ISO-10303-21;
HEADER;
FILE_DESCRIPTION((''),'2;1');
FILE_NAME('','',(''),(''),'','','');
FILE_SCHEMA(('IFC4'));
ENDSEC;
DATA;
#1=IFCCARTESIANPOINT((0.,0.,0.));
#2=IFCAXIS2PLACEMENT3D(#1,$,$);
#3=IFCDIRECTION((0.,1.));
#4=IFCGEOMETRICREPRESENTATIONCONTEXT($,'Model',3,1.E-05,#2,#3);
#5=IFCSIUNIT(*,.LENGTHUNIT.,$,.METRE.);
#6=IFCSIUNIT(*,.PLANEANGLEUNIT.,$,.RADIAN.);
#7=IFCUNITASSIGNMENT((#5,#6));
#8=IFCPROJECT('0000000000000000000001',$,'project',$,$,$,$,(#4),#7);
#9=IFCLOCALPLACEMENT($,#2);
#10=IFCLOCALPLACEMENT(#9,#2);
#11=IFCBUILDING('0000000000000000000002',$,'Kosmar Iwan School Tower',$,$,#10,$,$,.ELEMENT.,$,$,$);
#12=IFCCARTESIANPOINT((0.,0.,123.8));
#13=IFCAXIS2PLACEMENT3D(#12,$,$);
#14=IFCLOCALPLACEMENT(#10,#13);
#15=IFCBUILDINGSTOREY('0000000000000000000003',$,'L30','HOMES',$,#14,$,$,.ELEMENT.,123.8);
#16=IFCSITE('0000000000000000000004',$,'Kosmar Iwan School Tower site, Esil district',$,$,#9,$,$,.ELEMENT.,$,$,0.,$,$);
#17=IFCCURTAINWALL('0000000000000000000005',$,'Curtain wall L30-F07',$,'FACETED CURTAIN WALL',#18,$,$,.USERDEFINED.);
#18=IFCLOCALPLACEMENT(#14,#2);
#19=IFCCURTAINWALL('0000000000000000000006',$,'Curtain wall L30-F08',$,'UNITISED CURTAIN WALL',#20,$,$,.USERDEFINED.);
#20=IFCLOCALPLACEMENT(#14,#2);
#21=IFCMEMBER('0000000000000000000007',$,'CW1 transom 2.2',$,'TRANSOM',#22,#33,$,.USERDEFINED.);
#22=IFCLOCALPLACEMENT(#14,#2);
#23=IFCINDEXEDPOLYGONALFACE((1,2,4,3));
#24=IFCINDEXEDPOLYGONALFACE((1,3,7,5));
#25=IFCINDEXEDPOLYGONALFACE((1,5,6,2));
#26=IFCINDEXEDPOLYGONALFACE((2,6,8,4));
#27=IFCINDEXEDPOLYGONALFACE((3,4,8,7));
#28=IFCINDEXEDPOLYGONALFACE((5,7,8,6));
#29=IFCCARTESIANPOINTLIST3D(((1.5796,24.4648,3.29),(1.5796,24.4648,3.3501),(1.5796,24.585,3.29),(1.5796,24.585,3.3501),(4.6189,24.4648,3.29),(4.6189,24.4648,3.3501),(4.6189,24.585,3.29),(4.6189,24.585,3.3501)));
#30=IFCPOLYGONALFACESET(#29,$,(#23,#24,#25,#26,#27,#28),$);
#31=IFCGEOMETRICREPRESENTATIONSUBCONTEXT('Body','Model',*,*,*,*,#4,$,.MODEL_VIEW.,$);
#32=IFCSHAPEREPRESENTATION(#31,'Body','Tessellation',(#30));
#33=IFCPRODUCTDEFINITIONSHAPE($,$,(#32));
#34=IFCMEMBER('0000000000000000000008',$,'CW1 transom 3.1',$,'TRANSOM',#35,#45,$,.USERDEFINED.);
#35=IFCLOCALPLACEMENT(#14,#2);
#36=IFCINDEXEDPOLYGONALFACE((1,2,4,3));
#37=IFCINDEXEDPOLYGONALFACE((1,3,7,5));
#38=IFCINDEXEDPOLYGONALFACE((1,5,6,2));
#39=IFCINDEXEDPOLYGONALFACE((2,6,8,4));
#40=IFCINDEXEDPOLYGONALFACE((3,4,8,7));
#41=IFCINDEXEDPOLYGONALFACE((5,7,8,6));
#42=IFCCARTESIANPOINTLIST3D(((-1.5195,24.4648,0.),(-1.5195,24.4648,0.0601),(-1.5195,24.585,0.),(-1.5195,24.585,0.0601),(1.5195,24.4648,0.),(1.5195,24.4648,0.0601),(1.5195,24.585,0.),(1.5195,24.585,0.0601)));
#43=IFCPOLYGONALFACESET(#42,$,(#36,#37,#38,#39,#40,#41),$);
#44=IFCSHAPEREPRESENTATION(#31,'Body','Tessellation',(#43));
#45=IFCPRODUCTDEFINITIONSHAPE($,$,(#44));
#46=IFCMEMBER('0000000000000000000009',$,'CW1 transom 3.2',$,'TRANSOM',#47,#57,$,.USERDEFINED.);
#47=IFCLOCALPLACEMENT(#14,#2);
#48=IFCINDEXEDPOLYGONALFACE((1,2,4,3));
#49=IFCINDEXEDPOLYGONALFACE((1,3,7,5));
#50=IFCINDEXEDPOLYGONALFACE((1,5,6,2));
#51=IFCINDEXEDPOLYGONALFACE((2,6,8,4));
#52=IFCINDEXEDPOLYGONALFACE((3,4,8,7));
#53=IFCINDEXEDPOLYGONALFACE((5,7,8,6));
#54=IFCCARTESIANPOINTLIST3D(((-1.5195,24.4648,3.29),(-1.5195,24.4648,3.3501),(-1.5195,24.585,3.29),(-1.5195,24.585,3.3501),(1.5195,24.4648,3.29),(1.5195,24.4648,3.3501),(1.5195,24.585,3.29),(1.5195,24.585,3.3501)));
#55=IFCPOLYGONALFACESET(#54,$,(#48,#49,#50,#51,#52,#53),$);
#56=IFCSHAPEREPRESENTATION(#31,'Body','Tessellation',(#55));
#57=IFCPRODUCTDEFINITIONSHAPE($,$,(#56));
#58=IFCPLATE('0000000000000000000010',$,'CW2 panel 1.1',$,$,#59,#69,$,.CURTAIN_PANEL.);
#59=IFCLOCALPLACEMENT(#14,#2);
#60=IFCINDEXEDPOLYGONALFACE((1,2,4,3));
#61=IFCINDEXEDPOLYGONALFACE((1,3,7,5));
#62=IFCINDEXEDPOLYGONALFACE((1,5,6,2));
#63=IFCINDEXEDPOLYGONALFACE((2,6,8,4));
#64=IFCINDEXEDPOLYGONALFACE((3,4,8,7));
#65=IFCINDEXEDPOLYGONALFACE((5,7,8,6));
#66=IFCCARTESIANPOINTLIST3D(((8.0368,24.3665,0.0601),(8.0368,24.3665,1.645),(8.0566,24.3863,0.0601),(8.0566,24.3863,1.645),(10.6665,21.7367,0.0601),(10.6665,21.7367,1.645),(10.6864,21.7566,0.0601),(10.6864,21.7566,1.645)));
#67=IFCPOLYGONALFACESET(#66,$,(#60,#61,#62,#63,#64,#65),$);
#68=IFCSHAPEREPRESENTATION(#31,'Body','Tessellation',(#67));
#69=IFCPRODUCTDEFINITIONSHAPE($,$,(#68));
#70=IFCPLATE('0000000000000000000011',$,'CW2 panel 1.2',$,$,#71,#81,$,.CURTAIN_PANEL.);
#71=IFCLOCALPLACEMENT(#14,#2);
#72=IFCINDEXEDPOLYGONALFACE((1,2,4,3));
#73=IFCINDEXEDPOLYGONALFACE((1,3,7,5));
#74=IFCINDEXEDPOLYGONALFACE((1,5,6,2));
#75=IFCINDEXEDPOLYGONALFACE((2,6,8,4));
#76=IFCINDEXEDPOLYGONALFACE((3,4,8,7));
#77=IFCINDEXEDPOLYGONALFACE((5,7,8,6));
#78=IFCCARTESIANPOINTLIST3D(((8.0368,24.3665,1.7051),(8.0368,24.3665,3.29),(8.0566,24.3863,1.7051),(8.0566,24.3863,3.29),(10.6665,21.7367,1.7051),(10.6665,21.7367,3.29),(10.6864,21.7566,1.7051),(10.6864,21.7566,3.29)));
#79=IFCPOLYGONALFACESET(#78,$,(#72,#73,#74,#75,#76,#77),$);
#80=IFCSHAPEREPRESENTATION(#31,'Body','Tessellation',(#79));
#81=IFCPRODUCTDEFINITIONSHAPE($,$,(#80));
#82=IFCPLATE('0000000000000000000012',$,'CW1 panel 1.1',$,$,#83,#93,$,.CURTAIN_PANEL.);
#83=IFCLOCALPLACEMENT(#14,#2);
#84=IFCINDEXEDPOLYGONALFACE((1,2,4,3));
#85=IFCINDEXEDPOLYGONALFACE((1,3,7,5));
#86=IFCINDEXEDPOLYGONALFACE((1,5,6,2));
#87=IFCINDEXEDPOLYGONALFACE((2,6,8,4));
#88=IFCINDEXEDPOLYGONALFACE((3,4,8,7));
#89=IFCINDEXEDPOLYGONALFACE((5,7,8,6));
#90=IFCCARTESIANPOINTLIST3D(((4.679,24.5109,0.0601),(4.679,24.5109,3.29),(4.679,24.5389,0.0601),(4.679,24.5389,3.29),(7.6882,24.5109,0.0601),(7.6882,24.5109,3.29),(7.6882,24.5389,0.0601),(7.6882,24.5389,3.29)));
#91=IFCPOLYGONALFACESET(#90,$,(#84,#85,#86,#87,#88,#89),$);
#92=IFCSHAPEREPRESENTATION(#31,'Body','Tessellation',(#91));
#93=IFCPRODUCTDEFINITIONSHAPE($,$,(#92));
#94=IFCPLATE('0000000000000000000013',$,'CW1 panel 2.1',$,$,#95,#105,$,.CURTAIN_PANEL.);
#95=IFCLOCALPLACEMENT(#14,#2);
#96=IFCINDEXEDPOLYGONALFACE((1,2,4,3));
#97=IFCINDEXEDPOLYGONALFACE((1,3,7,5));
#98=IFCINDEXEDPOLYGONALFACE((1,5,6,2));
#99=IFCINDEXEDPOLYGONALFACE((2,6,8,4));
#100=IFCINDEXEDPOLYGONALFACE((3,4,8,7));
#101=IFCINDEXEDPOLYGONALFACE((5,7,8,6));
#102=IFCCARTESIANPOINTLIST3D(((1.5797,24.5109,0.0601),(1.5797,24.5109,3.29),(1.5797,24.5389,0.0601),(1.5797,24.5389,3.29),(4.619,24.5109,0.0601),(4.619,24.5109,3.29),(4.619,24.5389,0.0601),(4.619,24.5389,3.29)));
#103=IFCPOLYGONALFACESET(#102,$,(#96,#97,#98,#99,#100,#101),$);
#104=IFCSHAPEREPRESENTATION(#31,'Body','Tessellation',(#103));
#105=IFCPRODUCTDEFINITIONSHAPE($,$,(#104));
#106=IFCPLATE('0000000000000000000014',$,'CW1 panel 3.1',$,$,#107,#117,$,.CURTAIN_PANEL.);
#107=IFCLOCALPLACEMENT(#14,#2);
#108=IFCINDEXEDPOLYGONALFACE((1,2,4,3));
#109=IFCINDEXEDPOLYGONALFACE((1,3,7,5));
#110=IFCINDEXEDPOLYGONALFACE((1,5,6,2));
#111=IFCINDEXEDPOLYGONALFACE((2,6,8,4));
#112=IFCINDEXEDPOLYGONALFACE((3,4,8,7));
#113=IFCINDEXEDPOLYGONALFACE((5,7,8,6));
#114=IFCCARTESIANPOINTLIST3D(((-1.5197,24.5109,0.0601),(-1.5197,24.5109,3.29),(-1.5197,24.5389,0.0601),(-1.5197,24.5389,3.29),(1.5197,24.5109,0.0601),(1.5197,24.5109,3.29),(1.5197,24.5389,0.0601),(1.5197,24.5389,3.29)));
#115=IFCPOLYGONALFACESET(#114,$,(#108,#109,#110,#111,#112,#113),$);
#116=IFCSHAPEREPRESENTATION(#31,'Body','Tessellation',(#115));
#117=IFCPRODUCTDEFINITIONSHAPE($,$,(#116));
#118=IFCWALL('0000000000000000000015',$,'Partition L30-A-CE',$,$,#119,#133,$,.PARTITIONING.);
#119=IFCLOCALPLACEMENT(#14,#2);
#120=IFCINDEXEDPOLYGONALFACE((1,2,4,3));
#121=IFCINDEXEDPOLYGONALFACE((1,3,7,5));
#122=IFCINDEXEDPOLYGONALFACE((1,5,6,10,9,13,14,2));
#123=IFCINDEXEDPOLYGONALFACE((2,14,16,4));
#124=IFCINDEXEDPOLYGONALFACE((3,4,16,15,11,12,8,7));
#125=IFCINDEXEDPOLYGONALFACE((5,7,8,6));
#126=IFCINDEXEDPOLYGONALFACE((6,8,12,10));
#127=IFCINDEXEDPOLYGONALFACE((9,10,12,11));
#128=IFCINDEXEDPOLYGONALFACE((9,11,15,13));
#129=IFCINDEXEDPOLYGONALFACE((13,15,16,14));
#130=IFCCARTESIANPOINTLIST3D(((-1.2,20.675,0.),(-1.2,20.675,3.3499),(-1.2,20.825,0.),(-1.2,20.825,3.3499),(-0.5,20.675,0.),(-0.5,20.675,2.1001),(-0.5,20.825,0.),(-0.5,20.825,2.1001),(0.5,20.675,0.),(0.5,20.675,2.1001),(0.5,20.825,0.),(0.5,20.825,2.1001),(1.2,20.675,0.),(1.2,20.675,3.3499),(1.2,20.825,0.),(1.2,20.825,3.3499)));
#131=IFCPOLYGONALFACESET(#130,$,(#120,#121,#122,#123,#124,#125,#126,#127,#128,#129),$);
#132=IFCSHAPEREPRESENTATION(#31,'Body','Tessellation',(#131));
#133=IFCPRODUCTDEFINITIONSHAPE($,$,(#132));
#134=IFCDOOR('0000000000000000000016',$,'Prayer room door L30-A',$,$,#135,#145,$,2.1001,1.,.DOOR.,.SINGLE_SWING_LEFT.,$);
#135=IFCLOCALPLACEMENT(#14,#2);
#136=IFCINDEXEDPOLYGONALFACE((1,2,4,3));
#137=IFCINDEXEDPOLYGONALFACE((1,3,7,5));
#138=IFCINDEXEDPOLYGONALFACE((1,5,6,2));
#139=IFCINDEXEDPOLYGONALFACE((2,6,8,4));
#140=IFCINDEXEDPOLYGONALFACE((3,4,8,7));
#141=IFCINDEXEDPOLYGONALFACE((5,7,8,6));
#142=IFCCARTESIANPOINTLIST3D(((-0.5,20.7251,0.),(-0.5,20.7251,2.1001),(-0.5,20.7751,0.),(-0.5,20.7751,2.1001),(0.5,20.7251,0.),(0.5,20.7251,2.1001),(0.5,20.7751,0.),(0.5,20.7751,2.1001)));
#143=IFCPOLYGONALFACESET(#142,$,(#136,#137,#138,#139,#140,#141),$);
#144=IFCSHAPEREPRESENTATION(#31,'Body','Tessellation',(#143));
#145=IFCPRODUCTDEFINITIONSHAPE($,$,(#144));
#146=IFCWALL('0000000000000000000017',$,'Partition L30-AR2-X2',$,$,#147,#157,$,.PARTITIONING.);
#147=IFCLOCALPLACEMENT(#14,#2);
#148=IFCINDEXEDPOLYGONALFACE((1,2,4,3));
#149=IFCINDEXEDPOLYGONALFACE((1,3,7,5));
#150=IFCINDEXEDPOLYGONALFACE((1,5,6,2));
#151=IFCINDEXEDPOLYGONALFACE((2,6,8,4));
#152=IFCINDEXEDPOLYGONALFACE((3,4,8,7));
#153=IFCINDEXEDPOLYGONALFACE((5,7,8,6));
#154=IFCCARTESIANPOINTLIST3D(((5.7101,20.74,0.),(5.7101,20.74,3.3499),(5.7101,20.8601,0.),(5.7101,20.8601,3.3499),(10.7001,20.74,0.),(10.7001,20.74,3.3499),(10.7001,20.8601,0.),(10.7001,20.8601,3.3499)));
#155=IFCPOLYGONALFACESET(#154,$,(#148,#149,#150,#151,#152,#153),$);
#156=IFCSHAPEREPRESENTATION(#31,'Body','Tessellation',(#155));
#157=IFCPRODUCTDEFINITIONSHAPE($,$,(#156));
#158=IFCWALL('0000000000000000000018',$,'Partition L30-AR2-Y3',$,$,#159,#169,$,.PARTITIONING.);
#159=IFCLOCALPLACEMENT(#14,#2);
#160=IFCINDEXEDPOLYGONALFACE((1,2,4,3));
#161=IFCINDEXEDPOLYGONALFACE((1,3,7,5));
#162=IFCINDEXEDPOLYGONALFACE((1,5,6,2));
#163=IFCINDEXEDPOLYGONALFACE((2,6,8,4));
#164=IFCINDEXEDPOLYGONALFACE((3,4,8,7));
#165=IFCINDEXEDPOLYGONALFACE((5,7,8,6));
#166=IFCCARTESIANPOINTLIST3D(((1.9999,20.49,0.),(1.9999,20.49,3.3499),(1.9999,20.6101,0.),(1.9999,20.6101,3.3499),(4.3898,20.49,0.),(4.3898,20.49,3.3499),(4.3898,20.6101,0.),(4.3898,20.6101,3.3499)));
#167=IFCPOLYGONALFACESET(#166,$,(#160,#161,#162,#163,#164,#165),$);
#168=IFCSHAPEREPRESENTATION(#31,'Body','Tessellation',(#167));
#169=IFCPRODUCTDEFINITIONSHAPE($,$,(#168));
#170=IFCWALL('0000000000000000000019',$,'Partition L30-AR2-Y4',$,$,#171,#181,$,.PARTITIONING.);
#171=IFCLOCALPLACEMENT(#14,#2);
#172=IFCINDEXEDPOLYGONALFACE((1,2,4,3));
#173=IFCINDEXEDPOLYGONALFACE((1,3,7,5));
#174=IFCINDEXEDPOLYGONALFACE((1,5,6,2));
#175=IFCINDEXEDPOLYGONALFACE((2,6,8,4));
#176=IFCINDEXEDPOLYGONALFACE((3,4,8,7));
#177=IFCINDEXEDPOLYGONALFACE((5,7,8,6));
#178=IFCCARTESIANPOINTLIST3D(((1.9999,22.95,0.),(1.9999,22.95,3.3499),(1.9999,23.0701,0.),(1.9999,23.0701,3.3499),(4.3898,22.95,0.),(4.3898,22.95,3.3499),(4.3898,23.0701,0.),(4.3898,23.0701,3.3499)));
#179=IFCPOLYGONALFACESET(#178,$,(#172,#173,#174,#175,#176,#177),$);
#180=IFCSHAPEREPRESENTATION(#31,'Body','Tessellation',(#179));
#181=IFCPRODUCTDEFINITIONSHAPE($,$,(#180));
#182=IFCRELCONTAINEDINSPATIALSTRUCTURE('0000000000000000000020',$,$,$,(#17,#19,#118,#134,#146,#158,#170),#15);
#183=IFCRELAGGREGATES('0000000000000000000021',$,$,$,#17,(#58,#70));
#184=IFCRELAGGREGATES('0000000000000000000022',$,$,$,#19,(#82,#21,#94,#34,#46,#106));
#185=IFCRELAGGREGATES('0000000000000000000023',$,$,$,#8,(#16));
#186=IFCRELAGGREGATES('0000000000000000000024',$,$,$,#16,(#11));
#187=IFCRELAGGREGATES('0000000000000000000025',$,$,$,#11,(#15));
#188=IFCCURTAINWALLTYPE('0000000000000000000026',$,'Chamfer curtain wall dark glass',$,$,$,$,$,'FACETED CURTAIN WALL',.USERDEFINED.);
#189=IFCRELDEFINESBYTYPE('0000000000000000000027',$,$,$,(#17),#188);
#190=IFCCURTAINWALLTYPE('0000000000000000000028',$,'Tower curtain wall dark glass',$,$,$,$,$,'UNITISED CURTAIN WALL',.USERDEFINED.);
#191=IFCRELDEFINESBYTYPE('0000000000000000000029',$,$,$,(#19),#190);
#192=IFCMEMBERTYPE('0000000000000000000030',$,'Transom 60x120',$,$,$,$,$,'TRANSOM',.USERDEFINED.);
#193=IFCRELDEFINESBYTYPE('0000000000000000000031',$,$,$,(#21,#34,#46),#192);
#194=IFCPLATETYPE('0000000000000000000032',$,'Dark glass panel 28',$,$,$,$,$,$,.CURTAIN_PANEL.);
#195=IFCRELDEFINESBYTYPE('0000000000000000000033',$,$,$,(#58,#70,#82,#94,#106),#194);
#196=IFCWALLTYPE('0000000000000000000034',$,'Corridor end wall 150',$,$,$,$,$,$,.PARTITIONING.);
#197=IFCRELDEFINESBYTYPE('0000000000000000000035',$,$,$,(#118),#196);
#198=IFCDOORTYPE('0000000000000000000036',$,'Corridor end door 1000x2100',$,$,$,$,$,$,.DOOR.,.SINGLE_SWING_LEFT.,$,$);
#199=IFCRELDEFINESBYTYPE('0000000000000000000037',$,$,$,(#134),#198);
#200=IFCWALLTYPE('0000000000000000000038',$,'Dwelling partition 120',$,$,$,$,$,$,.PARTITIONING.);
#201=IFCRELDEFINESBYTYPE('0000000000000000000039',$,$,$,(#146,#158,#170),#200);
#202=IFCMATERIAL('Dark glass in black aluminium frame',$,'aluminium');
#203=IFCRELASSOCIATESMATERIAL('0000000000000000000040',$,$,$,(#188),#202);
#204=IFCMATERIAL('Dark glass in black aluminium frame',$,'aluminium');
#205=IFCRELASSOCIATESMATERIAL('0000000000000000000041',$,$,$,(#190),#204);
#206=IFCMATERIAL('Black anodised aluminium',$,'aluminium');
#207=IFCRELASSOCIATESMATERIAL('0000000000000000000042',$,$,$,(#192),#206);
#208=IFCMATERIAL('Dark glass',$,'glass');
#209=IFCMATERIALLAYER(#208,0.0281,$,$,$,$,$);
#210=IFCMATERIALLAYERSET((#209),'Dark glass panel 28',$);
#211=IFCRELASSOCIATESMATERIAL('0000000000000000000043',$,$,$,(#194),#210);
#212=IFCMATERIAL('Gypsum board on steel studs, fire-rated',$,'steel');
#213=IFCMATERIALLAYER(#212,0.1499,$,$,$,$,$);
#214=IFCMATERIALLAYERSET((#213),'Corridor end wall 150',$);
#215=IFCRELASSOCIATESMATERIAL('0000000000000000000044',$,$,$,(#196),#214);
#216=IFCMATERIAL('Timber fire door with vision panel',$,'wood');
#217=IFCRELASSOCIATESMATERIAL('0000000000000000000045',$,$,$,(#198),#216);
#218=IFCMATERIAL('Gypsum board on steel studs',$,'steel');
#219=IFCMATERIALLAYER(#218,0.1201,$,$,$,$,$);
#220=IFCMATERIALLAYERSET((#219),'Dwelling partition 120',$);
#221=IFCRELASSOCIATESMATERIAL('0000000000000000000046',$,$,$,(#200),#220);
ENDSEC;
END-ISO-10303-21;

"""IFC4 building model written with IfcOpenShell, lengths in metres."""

from ifc_helpers import new_model, si_unit, direction, frame, frame_2d, origin, origin_2d, place, context, subcontext, project, spatial, rectangle, extrude, material, layer, layer_set, material_profile, profile_set, type_object, element, fill, aggregate, save


model = new_model("IFC4")

# Units and contexts
model_context = context("Model", 3, precision=1e-05, world=origin(), true_north=direction((0.0, 1.0)))
body_context = subcontext(model_context, "Body", "Model", "MODEL_VIEW")
ifc_project = project(units=[si_unit("LENGTHUNIT", "METRE"), si_unit("PLANEANGLEUNIT", "RADIAN")], contexts=[model_context])

# Site, building, storey
site_placement = place(None, origin())
site = spatial("IfcSite", under=ifc_project, at=site_placement, Name="Kosmar Iwan School Tower site, Esil district", CompositionType="ELEMENT", RefElevation=0.0)
building_placement = place(site_placement, origin())
building = spatial("IfcBuilding", under=site, at=building_placement, Name="Kosmar Iwan School Tower", CompositionType="ELEMENT")
storey_placement = place(building_placement, frame((0.0, 0.0, 123.8)))
storey = spatial("IfcBuildingStorey", under=building, at=storey_placement, Name="L30", Description="HOMES", CompositionType="ELEMENT", Elevation=123.8)

# Curtain walls
ifc_material_1 = material(Name="Dark glass in black aluminium frame", Category="aluminium")
curtain_wall_type_1 = type_object("IfcCurtainWallType", Name="Chamfer curtain wall dark glass", ElementType="FACETED CURTAIN WALL", PredefinedType="USERDEFINED", material=ifc_material_1)
curtain_wall_1_placement = place(storey_placement, origin())
curtain_wall_1 = element("IfcCurtainWall", 1, at=curtain_wall_1_placement, inside=storey, type_object=curtain_wall_type_1, Name="Curtain wall L30-F07", ObjectType="FACETED CURTAIN WALL", PredefinedType="USERDEFINED")
ifc_material_2 = material(Name="Dark glass in black aluminium frame", Category="aluminium")
curtain_wall_type_2 = type_object("IfcCurtainWallType", Name="Tower curtain wall dark glass", ElementType="UNITISED CURTAIN WALL", PredefinedType="USERDEFINED", material=ifc_material_2)
curtain_wall_2_placement = place(storey_placement, origin())
curtain_wall_2 = element("IfcCurtainWall", 2, at=curtain_wall_2_placement, inside=storey, type_object=curtain_wall_type_2, Name="Curtain wall L30-F08", ObjectType="UNITISED CURTAIN WALL", PredefinedType="USERDEFINED")

# Members
ifc_material_3 = material(Name="Black anodised aluminium", Category="aluminium")
ifc_material_profile_1 = material_profile(ifc_material_3, rectangle(XDim=0.1201, YDim=0.0601, at=origin_2d()), Name="TRANSOM 60x120")
ifc_profile_set_1 = profile_set([ifc_material_profile_1], Name="Black anodised aluminium")
member_type_1 = type_object("IfcMemberType", Name="Transom 60x120", ElementType="TRANSOM", PredefinedType="USERDEFINED", material=ifc_profile_set_1)
member_1_placement = place(storey_placement, frame((4.6189, 24.5249, 3.3201), z_axis=(-1.0, 0.0, 0.0), x_axis=(0.0, -1.0, 0.0)))
member_1 = element("IfcMember", 3, at=member_1_placement, type_object=member_type_1, Name="CW1 transom 2.2", ObjectType="TRANSOM", PredefinedType="USERDEFINED", context=body_context, shape_type="SweptSolid", body=[
    extrude(rectangle(XDim=0.1201, YDim=0.0601, at=origin_2d()), origin(), (0.0, 0.0, 1.0), 3.0393),
])
member_2_placement = place(storey_placement, frame((1.5195, 24.5249, 0.03), z_axis=(-1.0, 0.0, 0.0), x_axis=(0.0, -1.0, 0.0)))
member_2 = element("IfcMember", 4, at=member_2_placement, type_object=member_type_1, Name="CW1 transom 3.1", ObjectType="TRANSOM", PredefinedType="USERDEFINED", context=body_context, shape_type="SweptSolid", body=[
    extrude(rectangle(XDim=0.1201, YDim=0.0601, at=origin_2d()), origin(), (0.0, 0.0, 1.0), 3.0391),
])
member_3_placement = place(storey_placement, frame((1.5195, 24.5249, 3.3201), z_axis=(-1.0, 0.0, 0.0), x_axis=(0.0, -1.0, 0.0)))
member_3 = element("IfcMember", 5, at=member_3_placement, type_object=member_type_1, Name="CW1 transom 3.2", ObjectType="TRANSOM", PredefinedType="USERDEFINED", context=body_context, shape_type="SweptSolid", body=[
    extrude(rectangle(XDim=0.1201, YDim=0.0601, at=origin_2d()), origin(), (0.0, 0.0, 1.0), 3.0391),
])

# Plates
ifc_material_4 = material(Name="Dark glass", Category="glass")
ifc_layer_1 = layer(ifc_material_4, 0.0281)
ifc_layer_set_1 = layer_set([ifc_layer_1], Name="Dark glass panel 28")
plate_type = type_object("IfcPlateType", Name="Dark glass panel 28", PredefinedType="CURTAIN_PANEL", material=ifc_layer_set_1)
plate_1_placement = place(storey_placement, frame((9.3616, 23.0615, 0.0601), z_axis=(0.0, 0.0, 1.0), x_axis=(-0.707107, 0.707107, 0.0)))
plate_1 = element("IfcPlate", 6, at=plate_1_placement, type_object=plate_type, Name="CW2 panel 1.1", PredefinedType="CURTAIN_PANEL", context=body_context, shape_type="SweptSolid", body=[
    extrude(rectangle(XDim=3.719, YDim=0.0281, at=origin_2d()), origin(), (0.0, 0.0, 1.0), 1.585),
])
plate_2_placement = place(storey_placement, frame((9.3616, 23.0615, 1.7051), z_axis=(0.0, 0.0, 1.0), x_axis=(-0.707107, 0.707107, 0.0)))
plate_2 = element("IfcPlate", 7, at=plate_2_placement, type_object=plate_type, Name="CW2 panel 1.2", PredefinedType="CURTAIN_PANEL", context=body_context, shape_type="SweptSolid", body=[
    extrude(rectangle(XDim=3.719, YDim=0.0281, at=origin_2d()), origin(), (0.0, 0.0, 1.0), 1.585),
])
aggregate(curtain_wall_1, [plate_1, plate_2])
plate_3_placement = place(storey_placement, frame((6.1836, 24.5249, 0.0601), z_axis=(0.0, 0.0, 1.0), x_axis=(-1.0, 0.0, 0.0)))
plate_3 = element("IfcPlate", 8, at=plate_3_placement, type_object=plate_type, Name="CW1 panel 1.1", PredefinedType="CURTAIN_PANEL", context=body_context, shape_type="SweptSolid", body=[
    extrude(rectangle(XDim=3.0093, YDim=0.0281, at=origin_2d()), origin(), (0.0, 0.0, 1.0), 3.23),
])
plate_4_placement = place(storey_placement, frame((3.0994, 24.5249, 0.0601), z_axis=(0.0, 0.0, 1.0), x_axis=(-1.0, 0.0, 0.0)))
plate_4 = element("IfcPlate", 9, at=plate_4_placement, type_object=plate_type, Name="CW1 panel 2.1", PredefinedType="CURTAIN_PANEL", context=body_context, shape_type="SweptSolid", body=[
    extrude(rectangle(XDim=3.0393, YDim=0.0281, at=origin_2d()), origin(), (0.0, 0.0, 1.0), 3.23),
])
plate_5_placement = place(storey_placement, frame((0.0, 24.5249, 0.0601), z_axis=(0.0, 0.0, 1.0), x_axis=(-1.0, 0.0, 0.0)))
plate_5 = element("IfcPlate", 10, at=plate_5_placement, type_object=plate_type, Name="CW1 panel 3.1", PredefinedType="CURTAIN_PANEL", context=body_context, shape_type="SweptSolid", body=[
    extrude(rectangle(XDim=3.0393, YDim=0.0281, at=origin_2d()), origin(), (0.0, 0.0, 1.0), 3.23),
])
aggregate(curtain_wall_2, [plate_3, member_1, plate_4, member_2, member_3, plate_5])

# Wall, opening, door
ifc_material_5 = material(Name="Gypsum board on steel studs, fire-rated", Category="steel")
ifc_layer_2 = layer(ifc_material_5, 0.1499)
ifc_layer_set_2 = layer_set([ifc_layer_2], Name="Corridor end wall 150")
wall_type_1 = type_object("IfcWallType", Name="Corridor end wall 150", PredefinedType="PARTITIONING", material=ifc_layer_set_2)
wall_1_placement = place(storey_placement, frame((1.2, 20.75, 0.0), z_axis=(0.0, 0.0, 1.0), x_axis=(-1.0, 0.0, 0.0)))
wall_1 = element("IfcWall", 11, at=wall_1_placement, inside=storey, type_object=wall_type_1, Name="Partition L30-A-CE", PredefinedType="PARTITIONING", context=body_context, shape_type="SweptSolid", body=[
    extrude(rectangle(XDim=2.3999, YDim=0.1499, at=frame_2d((1.2, 0.0))), origin(), (0.0, 0.0, 1.0), 3.3499),
])
opening_placement = place(wall_1_placement, frame((0.7, 0.0, 0.0)))
opening = element("IfcOpeningElement", 12, at=opening_placement, cuts=wall_1, PredefinedType="OPENING", context=body_context, shape_type="SweptSolid", body=[
    extrude(rectangle(XDim=1.0, YDim=2.1001, at=frame_2d((0.5, 1.05))), frame((0.0, 0.0869, 0.0), z_axis=(0.0, -1.0, 0.0), x_axis=(1.0, 0.0, 0.0)), (0.0, 0.0, 1.0), 0.1738),
])
ifc_material_6 = material(Name="Timber fire door with vision panel", Category="wood")
door_type = type_object("IfcDoorType", Name="Corridor end door 1000x2100", OperationType="SINGLE_SWING_LEFT", PredefinedType="DOOR", material=ifc_material_6)
door_placement = place(opening_placement, origin())
door = element("IfcDoor", 13, at=door_placement, inside=storey, type_object=door_type, Name="Prayer room door L30-A", OperationType="SINGLE_SWING_LEFT", OverallHeight=2.1001, OverallWidth=1.0, PredefinedType="DOOR", context=body_context, shape_type="SweptSolid", body=[
    extrude(rectangle(XDim=1.0, YDim=2.1001, at=frame_2d((0.5, 1.05))), frame((0.0, 0.0249, 0.0), z_axis=(0.0, -1.0, 0.0), x_axis=(1.0, 0.0, 0.0)), (0.0, 0.0, 1.0), 0.05),
])
fill(opening, door)

# Walls
ifc_material_7 = material(Name="Gypsum board on steel studs", Category="steel")
ifc_layer_3 = layer(ifc_material_7, 0.1201)
ifc_layer_set_3 = layer_set([ifc_layer_3], Name="Dwelling partition 120")
wall_type_2 = type_object("IfcWallType", Name="Dwelling partition 120", PredefinedType="PARTITIONING", material=ifc_layer_set_3)
wall_2_placement = place(storey_placement, frame((5.71, 20.8, 0.0), z_axis=(0.0, 0.0, 1.0), x_axis=(1.0, 0.0, 0.0)))
element("IfcWall", 14, at=wall_2_placement, inside=storey, type_object=wall_type_2, Name="Partition L30-AR2-X2", PredefinedType="PARTITIONING", context=body_context, shape_type="SweptSolid", body=[
    extrude(rectangle(XDim=4.99, YDim=0.1201, at=frame_2d((2.4951, 0.0))), origin(), (0.0, 0.0, 1.0), 3.3499),
])
for number, where, z_axis, x_axis, name in (
    (15, (2.0, 20.55, 0.0), (0.0, 0.0, 1.0), (1.0, 0.0, 0.0), "Partition L30-AR2-Y3"),
    (16, (2.0, 23.01, 0.0), (0.0, 0.0, 1.0), (1.0, 0.0, 0.0), "Partition L30-AR2-Y4"),
):
    element("IfcWall", number, at=place(storey_placement, frame(where, z_axis=z_axis, x_axis=x_axis)), inside=storey, type_object=wall_type_2, Name=name, PredefinedType="PARTITIONING", context=body_context, shape_type="SweptSolid", body=[
        extrude(rectangle(XDim=2.3899, YDim=0.1201, at=frame_2d((1.1948, 0.0))), origin(), (0.0, 0.0, 1.0), 3.3499),
    ])

save(model, "model.ifc")
